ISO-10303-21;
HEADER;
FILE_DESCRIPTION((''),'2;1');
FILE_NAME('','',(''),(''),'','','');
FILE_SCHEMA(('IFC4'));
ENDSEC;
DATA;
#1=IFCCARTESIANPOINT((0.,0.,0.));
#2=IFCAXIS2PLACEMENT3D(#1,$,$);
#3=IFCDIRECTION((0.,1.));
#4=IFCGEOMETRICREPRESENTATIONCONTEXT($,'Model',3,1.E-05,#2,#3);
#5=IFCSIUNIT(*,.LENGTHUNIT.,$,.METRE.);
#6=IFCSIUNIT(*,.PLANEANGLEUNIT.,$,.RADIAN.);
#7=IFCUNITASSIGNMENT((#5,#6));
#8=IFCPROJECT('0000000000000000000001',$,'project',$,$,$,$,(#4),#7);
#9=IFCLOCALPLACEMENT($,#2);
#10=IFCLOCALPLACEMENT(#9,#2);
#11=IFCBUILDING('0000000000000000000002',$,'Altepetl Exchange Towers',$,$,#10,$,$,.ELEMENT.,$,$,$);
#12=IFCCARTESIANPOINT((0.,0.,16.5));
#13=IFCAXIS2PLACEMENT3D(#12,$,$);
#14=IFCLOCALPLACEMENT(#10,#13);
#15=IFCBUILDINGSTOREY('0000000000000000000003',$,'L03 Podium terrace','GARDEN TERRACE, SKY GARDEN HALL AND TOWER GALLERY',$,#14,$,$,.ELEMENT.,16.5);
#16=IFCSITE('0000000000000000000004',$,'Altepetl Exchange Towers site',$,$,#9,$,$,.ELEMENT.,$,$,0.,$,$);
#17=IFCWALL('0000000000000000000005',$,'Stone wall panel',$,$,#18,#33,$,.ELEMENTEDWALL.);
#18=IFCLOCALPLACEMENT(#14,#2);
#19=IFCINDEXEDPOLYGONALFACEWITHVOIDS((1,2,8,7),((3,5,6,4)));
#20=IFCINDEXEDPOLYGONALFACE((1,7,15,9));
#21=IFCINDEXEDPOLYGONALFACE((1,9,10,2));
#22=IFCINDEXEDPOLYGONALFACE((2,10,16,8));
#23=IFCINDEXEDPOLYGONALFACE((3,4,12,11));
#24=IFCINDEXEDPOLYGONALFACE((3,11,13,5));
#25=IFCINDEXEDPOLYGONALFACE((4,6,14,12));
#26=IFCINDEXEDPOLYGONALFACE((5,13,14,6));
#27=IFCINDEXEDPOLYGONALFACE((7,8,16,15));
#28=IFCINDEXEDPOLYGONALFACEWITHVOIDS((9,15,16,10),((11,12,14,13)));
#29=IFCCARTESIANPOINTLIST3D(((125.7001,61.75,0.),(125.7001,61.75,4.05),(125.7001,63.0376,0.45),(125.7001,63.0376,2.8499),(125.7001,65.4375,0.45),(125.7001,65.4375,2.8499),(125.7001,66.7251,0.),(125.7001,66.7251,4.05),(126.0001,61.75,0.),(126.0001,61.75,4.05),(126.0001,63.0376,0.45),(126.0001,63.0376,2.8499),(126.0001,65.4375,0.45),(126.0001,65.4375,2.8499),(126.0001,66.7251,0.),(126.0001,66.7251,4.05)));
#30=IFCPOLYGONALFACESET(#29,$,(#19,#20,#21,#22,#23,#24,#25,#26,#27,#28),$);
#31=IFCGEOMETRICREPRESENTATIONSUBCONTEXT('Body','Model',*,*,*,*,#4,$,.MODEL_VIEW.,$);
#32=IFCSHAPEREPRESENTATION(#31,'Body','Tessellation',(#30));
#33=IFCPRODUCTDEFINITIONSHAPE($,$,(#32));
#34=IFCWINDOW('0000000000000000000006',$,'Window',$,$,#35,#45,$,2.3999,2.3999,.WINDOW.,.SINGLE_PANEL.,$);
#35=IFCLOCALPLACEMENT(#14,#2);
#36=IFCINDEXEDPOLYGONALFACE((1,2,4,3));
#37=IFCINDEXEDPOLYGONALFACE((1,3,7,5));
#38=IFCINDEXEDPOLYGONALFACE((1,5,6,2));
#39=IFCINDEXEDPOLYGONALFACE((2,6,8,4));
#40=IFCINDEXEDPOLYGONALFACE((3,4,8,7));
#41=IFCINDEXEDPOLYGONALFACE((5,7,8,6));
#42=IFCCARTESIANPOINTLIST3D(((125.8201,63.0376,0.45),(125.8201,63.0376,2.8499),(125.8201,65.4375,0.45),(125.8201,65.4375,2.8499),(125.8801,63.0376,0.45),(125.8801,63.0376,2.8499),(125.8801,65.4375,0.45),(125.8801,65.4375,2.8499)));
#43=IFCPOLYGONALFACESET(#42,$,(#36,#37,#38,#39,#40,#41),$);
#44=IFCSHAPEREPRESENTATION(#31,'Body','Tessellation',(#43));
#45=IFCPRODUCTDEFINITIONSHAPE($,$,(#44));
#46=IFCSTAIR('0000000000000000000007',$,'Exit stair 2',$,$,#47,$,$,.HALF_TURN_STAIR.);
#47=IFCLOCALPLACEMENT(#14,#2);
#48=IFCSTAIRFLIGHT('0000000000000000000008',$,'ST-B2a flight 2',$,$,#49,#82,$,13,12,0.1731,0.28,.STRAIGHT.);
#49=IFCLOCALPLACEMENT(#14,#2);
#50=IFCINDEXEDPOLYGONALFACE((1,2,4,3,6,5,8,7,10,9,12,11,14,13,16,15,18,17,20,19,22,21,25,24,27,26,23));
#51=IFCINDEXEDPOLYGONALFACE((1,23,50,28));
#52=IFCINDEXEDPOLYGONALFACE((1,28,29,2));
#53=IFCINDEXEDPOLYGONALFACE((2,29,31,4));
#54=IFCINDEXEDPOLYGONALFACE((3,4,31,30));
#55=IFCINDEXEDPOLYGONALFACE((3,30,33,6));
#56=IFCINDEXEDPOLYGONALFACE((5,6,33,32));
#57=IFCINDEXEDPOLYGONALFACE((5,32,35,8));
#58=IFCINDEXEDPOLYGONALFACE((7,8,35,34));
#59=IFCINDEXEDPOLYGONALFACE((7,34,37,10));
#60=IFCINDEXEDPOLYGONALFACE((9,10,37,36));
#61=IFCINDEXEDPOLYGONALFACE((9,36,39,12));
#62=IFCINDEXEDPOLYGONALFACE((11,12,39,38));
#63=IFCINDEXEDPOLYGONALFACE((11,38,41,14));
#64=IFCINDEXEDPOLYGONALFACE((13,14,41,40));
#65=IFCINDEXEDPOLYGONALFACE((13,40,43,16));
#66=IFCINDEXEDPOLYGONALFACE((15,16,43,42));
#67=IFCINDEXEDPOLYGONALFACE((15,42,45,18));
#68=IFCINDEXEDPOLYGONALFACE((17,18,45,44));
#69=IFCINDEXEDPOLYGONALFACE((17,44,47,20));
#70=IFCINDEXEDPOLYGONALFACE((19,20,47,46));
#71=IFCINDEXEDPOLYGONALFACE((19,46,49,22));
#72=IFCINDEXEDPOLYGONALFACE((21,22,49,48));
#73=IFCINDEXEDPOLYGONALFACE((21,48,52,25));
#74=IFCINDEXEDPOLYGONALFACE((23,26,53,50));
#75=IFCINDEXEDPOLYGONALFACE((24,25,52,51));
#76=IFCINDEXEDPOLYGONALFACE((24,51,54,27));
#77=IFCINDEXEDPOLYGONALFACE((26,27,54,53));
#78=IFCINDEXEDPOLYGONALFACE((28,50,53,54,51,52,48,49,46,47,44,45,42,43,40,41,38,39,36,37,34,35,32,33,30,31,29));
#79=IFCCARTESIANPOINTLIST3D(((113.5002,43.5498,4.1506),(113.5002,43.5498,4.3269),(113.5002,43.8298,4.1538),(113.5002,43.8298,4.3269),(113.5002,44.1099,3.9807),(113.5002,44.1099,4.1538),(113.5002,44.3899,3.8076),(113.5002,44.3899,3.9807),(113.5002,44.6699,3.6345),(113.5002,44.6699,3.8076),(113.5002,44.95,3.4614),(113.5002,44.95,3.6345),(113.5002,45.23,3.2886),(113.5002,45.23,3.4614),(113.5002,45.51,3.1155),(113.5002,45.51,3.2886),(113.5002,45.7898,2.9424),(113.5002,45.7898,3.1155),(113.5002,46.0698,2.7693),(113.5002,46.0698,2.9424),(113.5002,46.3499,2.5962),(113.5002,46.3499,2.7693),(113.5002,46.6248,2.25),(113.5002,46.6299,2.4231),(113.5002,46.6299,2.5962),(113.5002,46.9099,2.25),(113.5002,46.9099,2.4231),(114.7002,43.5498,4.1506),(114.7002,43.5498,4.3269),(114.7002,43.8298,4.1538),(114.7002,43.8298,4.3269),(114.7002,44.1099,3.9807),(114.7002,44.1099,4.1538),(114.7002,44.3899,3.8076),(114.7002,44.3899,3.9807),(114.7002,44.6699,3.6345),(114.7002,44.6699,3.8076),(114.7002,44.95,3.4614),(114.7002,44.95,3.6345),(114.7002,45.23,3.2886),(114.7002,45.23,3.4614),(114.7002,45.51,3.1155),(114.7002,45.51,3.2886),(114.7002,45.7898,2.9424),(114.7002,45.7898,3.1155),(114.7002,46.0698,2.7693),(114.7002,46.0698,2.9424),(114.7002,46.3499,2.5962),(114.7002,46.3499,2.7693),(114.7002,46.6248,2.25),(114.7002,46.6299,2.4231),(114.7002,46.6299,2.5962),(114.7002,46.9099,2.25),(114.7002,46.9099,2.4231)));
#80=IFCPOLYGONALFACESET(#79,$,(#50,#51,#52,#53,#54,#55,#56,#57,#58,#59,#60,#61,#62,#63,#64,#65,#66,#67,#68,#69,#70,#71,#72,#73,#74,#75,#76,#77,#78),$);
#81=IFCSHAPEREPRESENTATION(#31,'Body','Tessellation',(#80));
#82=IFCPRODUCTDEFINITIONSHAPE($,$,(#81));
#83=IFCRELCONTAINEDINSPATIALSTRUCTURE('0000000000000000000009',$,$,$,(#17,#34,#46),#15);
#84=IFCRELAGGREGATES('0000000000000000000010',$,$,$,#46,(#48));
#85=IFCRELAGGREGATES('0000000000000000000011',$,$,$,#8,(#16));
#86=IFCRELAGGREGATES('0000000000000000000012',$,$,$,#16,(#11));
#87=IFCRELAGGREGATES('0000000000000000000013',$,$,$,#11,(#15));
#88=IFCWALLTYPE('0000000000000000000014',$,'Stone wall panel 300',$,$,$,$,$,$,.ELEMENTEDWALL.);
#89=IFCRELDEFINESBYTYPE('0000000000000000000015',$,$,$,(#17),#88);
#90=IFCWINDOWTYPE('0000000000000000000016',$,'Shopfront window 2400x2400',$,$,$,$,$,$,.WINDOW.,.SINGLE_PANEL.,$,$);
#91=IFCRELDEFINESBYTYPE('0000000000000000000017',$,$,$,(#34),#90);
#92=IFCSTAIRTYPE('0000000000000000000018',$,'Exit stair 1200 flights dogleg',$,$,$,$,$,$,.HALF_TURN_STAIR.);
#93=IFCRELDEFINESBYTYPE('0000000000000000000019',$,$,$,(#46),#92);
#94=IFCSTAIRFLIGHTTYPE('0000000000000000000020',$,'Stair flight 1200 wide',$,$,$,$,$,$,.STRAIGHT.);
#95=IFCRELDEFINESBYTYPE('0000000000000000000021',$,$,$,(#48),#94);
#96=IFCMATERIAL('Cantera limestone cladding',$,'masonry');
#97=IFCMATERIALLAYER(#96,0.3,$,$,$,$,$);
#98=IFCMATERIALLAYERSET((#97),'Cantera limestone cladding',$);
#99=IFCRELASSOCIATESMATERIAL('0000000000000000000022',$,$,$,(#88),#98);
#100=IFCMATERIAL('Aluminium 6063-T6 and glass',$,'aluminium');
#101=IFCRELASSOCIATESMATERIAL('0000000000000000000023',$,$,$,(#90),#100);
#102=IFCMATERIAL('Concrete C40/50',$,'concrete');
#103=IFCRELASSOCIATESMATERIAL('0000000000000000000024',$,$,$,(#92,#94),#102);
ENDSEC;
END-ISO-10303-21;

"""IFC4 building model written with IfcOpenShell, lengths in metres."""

from ifc_helpers import new_model, si_unit, direction, frame, frame_2d, origin, place, context, subcontext, project, spatial, polyline, rectangle, outline, extrude, material, layer, layer_set, type_object, element, fill, aggregate, save


model = new_model("IFC4")

# Units and contexts
model_context = context("Model", 3, precision=1e-05, world=origin(), true_north=direction((0.0, 1.0)))
body_context = subcontext(model_context, "Body", "Model", "MODEL_VIEW")
ifc_project = project(units=[si_unit("LENGTHUNIT", "METRE"), si_unit("PLANEANGLEUNIT", "RADIAN")], contexts=[model_context])

# Site, building, storey
site_placement = place(None, origin())
site = spatial("IfcSite", under=ifc_project, at=site_placement, Name="Altepetl Exchange Towers site", CompositionType="ELEMENT", RefElevation=0.0)
building_placement = place(site_placement, origin())
building = spatial("IfcBuilding", under=site, at=building_placement, Name="Altepetl Exchange Towers", CompositionType="ELEMENT")
storey_placement = place(building_placement, frame((0.0, 0.0, 16.5)))
storey = spatial("IfcBuildingStorey", under=building, at=storey_placement, Name="L03 Podium terrace", Description="GARDEN TERRACE, SKY GARDEN HALL AND TOWER GALLERY", CompositionType="ELEMENT", Elevation=16.5)

# Shared definitions
ifc_material_1 = material(Name="Aluminium 6063-T6 and glass", Category="aluminium")

# Shared definitions
ifc_material_2 = material(Name="Concrete C40/50", Category="concrete")

# Shared definitions
ifc_material_3 = material(Name="Cantera limestone cladding", Category="masonry")
ifc_layer_1 = layer(ifc_material_3, 0.3)
ifc_layer_set_1 = layer_set([ifc_layer_1], Name="Cantera limestone cladding")
wall_type_1 = type_object("IfcWallType", Name="Stone wall panel 300", PredefinedType="ELEMENTEDWALL", material=ifc_layer_set_1)

# Wall, opening, window
wall_1_placement = place(storey_placement, frame((125.8501, 61.75, 0.0), z_axis=(0.0, 0.0, 1.0), x_axis=(0.0, 1.0, 0.0)))
wall_1 = element("IfcWall", 1, at=wall_1_placement, inside=storey, type_object=wall_type_1, Name="Stone wall panel", PredefinedType="ELEMENTEDWALL", context=body_context, shape_type="SweptSolid", body=[
    extrude(rectangle(XDim=4.9751, YDim=0.3, at=frame_2d((2.4875, 0.0))), origin(), (0.0, 0.0, 1.0), 4.05),
])
opening_1_placement = place(wall_1_placement, frame((1.2876, 0.0, 0.45)))
opening_1 = element("IfcOpeningElement", 2, at=opening_1_placement, cuts=wall_1, PredefinedType="OPENING", context=body_context, shape_type="SweptSolid", body=[
    extrude(rectangle(XDim=2.3999, YDim=2.3999, at=frame_2d((1.2, 1.2))), frame((0.0, 0.1602, 0.0), z_axis=(0.0, -1.0, 0.0), x_axis=(1.0, 0.0, 0.0)), (0.0, 0.0, 1.0), 0.3201),
])
window_type_1 = type_object("IfcWindowType", Name="Shopfront window 2400x2400", PartitioningType="SINGLE_PANEL", PredefinedType="WINDOW", material=ifc_material_1)
window_1_placement = place(opening_1_placement, origin())
window_1 = element("IfcWindow", 3, at=window_1_placement, inside=storey, type_object=window_type_1, Name="Window", OverallHeight=2.3999, OverallWidth=2.3999, PartitioningType="SINGLE_PANEL", PredefinedType="WINDOW", context=body_context, shape_type="SweptSolid", body=[
    extrude(rectangle(XDim=2.3999, YDim=2.3999, at=frame_2d((1.2, 1.2))), frame((0.0, 0.03, 0.0), z_axis=(0.0, -1.0, 0.0), x_axis=(1.0, 0.0, 0.0)), (0.0, 0.0, 1.0), 0.0601),
])
fill(opening_1, window_1)

# Stair, stair flight
stair_type = type_object("IfcStairType", Name="Exit stair 1200 flights dogleg", PredefinedType="HALF_TURN_STAIR", material=ifc_material_2)
stair_placement = place(storey_placement, origin())
stair = element("IfcStair", 4, at=stair_placement, inside=storey, type_object=stair_type, Name="Exit stair 2", PredefinedType="HALF_TURN_STAIR")
stair_flight_type = type_object("IfcStairFlightType", Name="Stair flight 1200 wide", PredefinedType="STRAIGHT", material=ifc_material_2)
stair_flight_placement = place(storey_placement, frame((114.1001, 46.9099, 2.25), z_axis=(0.0, 0.0, 1.0), x_axis=(0.0, -1.0, 0.0)))
stair_flight = element("IfcStairFlight", 5, at=stair_flight_placement, type_object=stair_flight_type, Name="ST-B2a flight 2", NumberOfRisers=13, NumberOfTreads=12, PredefinedType="STRAIGHT", RiserHeight=0.1731, TreadLength=0.28, context=body_context, shape_type="SweptSolid", body=[
    extrude(outline(polyline([(0.0, 0.0), (0.0, 0.1731), (0.28, 0.1731), (0.28, 0.3462), (0.5601, 0.3462), (0.5601, 0.5193), (0.8401, 0.5193), (0.8401, 0.6924), (1.1201, 0.6924), (1.1201, 0.8655), (1.3999, 0.8655), (1.3999, 1.0386), (1.6799, 1.0386), (1.6799, 1.2114), (1.96, 1.2114), (1.96, 1.3845), (2.24, 1.3845), (2.24, 1.5576), (2.52, 1.5576), (2.52, 1.7307), (2.8, 1.7307), (2.8, 1.9038), (3.0801, 1.9038), (3.0801, 2.0769), (3.3601, 2.0769), (3.3601, 2.25), (3.3601, 1.9006), (0.2852, 0.0), (0.0, 0.0)])), frame((0.0, 0.6001, 0.0), z_axis=(0.0, -1.0, 0.0), x_axis=(1.0, 0.0, 0.0)), (0.0, 0.0, 1.0), 1.2),
])
aggregate(stair, [stair_flight])

save(model, "model.ifc")
